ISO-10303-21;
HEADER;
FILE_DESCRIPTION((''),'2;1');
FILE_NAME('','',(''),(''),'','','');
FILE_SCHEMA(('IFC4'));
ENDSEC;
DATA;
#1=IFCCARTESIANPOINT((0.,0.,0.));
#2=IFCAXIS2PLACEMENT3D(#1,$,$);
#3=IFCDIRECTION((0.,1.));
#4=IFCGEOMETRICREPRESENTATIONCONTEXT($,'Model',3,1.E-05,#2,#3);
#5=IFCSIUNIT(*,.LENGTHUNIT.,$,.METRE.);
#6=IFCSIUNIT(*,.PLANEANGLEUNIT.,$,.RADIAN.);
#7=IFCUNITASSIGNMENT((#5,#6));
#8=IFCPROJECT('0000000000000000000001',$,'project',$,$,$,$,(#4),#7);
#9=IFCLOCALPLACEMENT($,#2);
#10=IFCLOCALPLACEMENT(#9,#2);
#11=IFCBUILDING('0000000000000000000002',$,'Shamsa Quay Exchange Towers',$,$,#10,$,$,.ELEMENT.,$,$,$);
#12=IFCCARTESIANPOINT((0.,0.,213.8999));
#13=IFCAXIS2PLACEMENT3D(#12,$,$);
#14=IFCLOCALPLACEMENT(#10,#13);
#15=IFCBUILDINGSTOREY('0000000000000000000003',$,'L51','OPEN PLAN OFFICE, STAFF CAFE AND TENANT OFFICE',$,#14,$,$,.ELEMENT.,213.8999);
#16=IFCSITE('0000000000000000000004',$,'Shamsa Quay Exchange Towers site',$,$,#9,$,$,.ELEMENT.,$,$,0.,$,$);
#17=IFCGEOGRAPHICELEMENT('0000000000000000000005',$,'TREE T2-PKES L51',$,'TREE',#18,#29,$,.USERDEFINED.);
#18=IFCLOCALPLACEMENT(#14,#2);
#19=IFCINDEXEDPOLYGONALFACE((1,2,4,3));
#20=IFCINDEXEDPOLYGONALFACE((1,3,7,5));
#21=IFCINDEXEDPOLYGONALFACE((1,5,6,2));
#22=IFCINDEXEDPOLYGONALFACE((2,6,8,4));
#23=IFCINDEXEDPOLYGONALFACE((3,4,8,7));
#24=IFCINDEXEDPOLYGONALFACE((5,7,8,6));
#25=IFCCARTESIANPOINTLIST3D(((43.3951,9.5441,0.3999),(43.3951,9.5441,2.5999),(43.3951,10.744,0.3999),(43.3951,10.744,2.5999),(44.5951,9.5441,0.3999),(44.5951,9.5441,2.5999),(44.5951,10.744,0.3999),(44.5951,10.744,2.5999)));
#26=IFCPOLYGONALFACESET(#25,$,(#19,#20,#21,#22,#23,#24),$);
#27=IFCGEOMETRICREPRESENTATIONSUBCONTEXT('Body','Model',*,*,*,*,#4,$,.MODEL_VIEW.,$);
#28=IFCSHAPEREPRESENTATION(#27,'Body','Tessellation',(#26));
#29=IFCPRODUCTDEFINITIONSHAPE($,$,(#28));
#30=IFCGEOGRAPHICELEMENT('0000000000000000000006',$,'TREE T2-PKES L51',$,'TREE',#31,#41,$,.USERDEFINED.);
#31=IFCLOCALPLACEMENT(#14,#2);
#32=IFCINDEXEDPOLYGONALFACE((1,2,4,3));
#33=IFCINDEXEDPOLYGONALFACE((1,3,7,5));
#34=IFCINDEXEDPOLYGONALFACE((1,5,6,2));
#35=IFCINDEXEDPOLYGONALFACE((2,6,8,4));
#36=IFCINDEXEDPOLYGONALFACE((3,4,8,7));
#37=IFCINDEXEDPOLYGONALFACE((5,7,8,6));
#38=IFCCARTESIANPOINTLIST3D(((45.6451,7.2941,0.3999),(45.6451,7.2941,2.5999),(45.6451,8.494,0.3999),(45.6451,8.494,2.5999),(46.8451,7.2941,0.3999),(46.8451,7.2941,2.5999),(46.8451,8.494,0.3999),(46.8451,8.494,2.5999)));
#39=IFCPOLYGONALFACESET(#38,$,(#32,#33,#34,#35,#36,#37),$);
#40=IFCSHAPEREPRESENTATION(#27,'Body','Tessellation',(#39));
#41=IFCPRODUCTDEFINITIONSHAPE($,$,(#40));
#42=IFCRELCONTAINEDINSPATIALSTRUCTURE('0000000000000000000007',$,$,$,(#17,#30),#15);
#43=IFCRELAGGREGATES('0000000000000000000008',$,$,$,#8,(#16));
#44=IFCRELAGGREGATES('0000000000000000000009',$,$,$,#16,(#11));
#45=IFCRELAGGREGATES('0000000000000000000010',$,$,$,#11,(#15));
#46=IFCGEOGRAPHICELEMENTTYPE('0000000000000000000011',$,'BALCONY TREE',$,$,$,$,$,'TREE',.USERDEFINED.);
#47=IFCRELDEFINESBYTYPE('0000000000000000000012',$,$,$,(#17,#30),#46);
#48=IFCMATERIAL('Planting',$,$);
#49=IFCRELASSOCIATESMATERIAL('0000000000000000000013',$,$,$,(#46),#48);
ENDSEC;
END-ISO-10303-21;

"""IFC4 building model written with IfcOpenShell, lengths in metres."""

from ifc_helpers import new_model, si_unit, direction, frame, origin, origin_2d, place, context, subcontext, project, spatial, rectangle, extrude, material, type_object, element, save


model = new_model("IFC4")

# Units and contexts
model_context = context("Model", 3, precision=1e-05, world=origin(), true_north=direction((0.0, 1.0)))
body_context = subcontext(model_context, "Body", "Model", "MODEL_VIEW")
ifc_project = project(units=[si_unit("LENGTHUNIT", "METRE"), si_unit("PLANEANGLEUNIT", "RADIAN")], contexts=[model_context])

# Site, building, storey
site_placement = place(None, origin())
site = spatial("IfcSite", under=ifc_project, at=site_placement, Name="Shamsa Quay Exchange Towers site", CompositionType="ELEMENT", RefElevation=0.0)
building_placement = place(site_placement, origin())
building = spatial("IfcBuilding", under=site, at=building_placement, Name="Shamsa Quay Exchange Towers", CompositionType="ELEMENT")
storey_placement = place(building_placement, frame((0.0, 0.0, 213.8999)))
storey = spatial("IfcBuildingStorey", under=building, at=storey_placement, Name="L51", Description="OPEN PLAN OFFICE, STAFF CAFE AND TENANT OFFICE", CompositionType="ELEMENT", Elevation=213.8999)

# Geographic elements
ifc_material_1 = material(Name="Planting")
geographic_element_type = type_object("IfcGeographicElementType", Name="BALCONY TREE", ElementType="TREE", PredefinedType="USERDEFINED", material=ifc_material_1)
for number, where, z_axis, x_axis, name in (
    (1, (43.9951, 10.144, 0.3999), (0.0, 0.0, 1.0), (0.0, 1.0, 0.0), "TREE T2-PKES L51"),
    (2, (46.2451, 7.894, 0.3999), (0.0, 0.0, 1.0), (0.0, 1.0, 0.0), "TREE T2-PKES L51"),
):
    element("IfcGeographicElement", number, at=place(storey_placement, frame(where, z_axis=z_axis, x_axis=x_axis)), inside=storey, type_object=geographic_element_type, Name=name, ObjectType="TREE", PredefinedType="USERDEFINED", context=body_context, shape_type="SweptSolid", body=[
        extrude(rectangle(XDim=1.2, YDim=1.2, at=origin_2d()), origin(), (0.0, 0.0, 1.0), 2.2),
    ])

save(model, "model.ifc")
